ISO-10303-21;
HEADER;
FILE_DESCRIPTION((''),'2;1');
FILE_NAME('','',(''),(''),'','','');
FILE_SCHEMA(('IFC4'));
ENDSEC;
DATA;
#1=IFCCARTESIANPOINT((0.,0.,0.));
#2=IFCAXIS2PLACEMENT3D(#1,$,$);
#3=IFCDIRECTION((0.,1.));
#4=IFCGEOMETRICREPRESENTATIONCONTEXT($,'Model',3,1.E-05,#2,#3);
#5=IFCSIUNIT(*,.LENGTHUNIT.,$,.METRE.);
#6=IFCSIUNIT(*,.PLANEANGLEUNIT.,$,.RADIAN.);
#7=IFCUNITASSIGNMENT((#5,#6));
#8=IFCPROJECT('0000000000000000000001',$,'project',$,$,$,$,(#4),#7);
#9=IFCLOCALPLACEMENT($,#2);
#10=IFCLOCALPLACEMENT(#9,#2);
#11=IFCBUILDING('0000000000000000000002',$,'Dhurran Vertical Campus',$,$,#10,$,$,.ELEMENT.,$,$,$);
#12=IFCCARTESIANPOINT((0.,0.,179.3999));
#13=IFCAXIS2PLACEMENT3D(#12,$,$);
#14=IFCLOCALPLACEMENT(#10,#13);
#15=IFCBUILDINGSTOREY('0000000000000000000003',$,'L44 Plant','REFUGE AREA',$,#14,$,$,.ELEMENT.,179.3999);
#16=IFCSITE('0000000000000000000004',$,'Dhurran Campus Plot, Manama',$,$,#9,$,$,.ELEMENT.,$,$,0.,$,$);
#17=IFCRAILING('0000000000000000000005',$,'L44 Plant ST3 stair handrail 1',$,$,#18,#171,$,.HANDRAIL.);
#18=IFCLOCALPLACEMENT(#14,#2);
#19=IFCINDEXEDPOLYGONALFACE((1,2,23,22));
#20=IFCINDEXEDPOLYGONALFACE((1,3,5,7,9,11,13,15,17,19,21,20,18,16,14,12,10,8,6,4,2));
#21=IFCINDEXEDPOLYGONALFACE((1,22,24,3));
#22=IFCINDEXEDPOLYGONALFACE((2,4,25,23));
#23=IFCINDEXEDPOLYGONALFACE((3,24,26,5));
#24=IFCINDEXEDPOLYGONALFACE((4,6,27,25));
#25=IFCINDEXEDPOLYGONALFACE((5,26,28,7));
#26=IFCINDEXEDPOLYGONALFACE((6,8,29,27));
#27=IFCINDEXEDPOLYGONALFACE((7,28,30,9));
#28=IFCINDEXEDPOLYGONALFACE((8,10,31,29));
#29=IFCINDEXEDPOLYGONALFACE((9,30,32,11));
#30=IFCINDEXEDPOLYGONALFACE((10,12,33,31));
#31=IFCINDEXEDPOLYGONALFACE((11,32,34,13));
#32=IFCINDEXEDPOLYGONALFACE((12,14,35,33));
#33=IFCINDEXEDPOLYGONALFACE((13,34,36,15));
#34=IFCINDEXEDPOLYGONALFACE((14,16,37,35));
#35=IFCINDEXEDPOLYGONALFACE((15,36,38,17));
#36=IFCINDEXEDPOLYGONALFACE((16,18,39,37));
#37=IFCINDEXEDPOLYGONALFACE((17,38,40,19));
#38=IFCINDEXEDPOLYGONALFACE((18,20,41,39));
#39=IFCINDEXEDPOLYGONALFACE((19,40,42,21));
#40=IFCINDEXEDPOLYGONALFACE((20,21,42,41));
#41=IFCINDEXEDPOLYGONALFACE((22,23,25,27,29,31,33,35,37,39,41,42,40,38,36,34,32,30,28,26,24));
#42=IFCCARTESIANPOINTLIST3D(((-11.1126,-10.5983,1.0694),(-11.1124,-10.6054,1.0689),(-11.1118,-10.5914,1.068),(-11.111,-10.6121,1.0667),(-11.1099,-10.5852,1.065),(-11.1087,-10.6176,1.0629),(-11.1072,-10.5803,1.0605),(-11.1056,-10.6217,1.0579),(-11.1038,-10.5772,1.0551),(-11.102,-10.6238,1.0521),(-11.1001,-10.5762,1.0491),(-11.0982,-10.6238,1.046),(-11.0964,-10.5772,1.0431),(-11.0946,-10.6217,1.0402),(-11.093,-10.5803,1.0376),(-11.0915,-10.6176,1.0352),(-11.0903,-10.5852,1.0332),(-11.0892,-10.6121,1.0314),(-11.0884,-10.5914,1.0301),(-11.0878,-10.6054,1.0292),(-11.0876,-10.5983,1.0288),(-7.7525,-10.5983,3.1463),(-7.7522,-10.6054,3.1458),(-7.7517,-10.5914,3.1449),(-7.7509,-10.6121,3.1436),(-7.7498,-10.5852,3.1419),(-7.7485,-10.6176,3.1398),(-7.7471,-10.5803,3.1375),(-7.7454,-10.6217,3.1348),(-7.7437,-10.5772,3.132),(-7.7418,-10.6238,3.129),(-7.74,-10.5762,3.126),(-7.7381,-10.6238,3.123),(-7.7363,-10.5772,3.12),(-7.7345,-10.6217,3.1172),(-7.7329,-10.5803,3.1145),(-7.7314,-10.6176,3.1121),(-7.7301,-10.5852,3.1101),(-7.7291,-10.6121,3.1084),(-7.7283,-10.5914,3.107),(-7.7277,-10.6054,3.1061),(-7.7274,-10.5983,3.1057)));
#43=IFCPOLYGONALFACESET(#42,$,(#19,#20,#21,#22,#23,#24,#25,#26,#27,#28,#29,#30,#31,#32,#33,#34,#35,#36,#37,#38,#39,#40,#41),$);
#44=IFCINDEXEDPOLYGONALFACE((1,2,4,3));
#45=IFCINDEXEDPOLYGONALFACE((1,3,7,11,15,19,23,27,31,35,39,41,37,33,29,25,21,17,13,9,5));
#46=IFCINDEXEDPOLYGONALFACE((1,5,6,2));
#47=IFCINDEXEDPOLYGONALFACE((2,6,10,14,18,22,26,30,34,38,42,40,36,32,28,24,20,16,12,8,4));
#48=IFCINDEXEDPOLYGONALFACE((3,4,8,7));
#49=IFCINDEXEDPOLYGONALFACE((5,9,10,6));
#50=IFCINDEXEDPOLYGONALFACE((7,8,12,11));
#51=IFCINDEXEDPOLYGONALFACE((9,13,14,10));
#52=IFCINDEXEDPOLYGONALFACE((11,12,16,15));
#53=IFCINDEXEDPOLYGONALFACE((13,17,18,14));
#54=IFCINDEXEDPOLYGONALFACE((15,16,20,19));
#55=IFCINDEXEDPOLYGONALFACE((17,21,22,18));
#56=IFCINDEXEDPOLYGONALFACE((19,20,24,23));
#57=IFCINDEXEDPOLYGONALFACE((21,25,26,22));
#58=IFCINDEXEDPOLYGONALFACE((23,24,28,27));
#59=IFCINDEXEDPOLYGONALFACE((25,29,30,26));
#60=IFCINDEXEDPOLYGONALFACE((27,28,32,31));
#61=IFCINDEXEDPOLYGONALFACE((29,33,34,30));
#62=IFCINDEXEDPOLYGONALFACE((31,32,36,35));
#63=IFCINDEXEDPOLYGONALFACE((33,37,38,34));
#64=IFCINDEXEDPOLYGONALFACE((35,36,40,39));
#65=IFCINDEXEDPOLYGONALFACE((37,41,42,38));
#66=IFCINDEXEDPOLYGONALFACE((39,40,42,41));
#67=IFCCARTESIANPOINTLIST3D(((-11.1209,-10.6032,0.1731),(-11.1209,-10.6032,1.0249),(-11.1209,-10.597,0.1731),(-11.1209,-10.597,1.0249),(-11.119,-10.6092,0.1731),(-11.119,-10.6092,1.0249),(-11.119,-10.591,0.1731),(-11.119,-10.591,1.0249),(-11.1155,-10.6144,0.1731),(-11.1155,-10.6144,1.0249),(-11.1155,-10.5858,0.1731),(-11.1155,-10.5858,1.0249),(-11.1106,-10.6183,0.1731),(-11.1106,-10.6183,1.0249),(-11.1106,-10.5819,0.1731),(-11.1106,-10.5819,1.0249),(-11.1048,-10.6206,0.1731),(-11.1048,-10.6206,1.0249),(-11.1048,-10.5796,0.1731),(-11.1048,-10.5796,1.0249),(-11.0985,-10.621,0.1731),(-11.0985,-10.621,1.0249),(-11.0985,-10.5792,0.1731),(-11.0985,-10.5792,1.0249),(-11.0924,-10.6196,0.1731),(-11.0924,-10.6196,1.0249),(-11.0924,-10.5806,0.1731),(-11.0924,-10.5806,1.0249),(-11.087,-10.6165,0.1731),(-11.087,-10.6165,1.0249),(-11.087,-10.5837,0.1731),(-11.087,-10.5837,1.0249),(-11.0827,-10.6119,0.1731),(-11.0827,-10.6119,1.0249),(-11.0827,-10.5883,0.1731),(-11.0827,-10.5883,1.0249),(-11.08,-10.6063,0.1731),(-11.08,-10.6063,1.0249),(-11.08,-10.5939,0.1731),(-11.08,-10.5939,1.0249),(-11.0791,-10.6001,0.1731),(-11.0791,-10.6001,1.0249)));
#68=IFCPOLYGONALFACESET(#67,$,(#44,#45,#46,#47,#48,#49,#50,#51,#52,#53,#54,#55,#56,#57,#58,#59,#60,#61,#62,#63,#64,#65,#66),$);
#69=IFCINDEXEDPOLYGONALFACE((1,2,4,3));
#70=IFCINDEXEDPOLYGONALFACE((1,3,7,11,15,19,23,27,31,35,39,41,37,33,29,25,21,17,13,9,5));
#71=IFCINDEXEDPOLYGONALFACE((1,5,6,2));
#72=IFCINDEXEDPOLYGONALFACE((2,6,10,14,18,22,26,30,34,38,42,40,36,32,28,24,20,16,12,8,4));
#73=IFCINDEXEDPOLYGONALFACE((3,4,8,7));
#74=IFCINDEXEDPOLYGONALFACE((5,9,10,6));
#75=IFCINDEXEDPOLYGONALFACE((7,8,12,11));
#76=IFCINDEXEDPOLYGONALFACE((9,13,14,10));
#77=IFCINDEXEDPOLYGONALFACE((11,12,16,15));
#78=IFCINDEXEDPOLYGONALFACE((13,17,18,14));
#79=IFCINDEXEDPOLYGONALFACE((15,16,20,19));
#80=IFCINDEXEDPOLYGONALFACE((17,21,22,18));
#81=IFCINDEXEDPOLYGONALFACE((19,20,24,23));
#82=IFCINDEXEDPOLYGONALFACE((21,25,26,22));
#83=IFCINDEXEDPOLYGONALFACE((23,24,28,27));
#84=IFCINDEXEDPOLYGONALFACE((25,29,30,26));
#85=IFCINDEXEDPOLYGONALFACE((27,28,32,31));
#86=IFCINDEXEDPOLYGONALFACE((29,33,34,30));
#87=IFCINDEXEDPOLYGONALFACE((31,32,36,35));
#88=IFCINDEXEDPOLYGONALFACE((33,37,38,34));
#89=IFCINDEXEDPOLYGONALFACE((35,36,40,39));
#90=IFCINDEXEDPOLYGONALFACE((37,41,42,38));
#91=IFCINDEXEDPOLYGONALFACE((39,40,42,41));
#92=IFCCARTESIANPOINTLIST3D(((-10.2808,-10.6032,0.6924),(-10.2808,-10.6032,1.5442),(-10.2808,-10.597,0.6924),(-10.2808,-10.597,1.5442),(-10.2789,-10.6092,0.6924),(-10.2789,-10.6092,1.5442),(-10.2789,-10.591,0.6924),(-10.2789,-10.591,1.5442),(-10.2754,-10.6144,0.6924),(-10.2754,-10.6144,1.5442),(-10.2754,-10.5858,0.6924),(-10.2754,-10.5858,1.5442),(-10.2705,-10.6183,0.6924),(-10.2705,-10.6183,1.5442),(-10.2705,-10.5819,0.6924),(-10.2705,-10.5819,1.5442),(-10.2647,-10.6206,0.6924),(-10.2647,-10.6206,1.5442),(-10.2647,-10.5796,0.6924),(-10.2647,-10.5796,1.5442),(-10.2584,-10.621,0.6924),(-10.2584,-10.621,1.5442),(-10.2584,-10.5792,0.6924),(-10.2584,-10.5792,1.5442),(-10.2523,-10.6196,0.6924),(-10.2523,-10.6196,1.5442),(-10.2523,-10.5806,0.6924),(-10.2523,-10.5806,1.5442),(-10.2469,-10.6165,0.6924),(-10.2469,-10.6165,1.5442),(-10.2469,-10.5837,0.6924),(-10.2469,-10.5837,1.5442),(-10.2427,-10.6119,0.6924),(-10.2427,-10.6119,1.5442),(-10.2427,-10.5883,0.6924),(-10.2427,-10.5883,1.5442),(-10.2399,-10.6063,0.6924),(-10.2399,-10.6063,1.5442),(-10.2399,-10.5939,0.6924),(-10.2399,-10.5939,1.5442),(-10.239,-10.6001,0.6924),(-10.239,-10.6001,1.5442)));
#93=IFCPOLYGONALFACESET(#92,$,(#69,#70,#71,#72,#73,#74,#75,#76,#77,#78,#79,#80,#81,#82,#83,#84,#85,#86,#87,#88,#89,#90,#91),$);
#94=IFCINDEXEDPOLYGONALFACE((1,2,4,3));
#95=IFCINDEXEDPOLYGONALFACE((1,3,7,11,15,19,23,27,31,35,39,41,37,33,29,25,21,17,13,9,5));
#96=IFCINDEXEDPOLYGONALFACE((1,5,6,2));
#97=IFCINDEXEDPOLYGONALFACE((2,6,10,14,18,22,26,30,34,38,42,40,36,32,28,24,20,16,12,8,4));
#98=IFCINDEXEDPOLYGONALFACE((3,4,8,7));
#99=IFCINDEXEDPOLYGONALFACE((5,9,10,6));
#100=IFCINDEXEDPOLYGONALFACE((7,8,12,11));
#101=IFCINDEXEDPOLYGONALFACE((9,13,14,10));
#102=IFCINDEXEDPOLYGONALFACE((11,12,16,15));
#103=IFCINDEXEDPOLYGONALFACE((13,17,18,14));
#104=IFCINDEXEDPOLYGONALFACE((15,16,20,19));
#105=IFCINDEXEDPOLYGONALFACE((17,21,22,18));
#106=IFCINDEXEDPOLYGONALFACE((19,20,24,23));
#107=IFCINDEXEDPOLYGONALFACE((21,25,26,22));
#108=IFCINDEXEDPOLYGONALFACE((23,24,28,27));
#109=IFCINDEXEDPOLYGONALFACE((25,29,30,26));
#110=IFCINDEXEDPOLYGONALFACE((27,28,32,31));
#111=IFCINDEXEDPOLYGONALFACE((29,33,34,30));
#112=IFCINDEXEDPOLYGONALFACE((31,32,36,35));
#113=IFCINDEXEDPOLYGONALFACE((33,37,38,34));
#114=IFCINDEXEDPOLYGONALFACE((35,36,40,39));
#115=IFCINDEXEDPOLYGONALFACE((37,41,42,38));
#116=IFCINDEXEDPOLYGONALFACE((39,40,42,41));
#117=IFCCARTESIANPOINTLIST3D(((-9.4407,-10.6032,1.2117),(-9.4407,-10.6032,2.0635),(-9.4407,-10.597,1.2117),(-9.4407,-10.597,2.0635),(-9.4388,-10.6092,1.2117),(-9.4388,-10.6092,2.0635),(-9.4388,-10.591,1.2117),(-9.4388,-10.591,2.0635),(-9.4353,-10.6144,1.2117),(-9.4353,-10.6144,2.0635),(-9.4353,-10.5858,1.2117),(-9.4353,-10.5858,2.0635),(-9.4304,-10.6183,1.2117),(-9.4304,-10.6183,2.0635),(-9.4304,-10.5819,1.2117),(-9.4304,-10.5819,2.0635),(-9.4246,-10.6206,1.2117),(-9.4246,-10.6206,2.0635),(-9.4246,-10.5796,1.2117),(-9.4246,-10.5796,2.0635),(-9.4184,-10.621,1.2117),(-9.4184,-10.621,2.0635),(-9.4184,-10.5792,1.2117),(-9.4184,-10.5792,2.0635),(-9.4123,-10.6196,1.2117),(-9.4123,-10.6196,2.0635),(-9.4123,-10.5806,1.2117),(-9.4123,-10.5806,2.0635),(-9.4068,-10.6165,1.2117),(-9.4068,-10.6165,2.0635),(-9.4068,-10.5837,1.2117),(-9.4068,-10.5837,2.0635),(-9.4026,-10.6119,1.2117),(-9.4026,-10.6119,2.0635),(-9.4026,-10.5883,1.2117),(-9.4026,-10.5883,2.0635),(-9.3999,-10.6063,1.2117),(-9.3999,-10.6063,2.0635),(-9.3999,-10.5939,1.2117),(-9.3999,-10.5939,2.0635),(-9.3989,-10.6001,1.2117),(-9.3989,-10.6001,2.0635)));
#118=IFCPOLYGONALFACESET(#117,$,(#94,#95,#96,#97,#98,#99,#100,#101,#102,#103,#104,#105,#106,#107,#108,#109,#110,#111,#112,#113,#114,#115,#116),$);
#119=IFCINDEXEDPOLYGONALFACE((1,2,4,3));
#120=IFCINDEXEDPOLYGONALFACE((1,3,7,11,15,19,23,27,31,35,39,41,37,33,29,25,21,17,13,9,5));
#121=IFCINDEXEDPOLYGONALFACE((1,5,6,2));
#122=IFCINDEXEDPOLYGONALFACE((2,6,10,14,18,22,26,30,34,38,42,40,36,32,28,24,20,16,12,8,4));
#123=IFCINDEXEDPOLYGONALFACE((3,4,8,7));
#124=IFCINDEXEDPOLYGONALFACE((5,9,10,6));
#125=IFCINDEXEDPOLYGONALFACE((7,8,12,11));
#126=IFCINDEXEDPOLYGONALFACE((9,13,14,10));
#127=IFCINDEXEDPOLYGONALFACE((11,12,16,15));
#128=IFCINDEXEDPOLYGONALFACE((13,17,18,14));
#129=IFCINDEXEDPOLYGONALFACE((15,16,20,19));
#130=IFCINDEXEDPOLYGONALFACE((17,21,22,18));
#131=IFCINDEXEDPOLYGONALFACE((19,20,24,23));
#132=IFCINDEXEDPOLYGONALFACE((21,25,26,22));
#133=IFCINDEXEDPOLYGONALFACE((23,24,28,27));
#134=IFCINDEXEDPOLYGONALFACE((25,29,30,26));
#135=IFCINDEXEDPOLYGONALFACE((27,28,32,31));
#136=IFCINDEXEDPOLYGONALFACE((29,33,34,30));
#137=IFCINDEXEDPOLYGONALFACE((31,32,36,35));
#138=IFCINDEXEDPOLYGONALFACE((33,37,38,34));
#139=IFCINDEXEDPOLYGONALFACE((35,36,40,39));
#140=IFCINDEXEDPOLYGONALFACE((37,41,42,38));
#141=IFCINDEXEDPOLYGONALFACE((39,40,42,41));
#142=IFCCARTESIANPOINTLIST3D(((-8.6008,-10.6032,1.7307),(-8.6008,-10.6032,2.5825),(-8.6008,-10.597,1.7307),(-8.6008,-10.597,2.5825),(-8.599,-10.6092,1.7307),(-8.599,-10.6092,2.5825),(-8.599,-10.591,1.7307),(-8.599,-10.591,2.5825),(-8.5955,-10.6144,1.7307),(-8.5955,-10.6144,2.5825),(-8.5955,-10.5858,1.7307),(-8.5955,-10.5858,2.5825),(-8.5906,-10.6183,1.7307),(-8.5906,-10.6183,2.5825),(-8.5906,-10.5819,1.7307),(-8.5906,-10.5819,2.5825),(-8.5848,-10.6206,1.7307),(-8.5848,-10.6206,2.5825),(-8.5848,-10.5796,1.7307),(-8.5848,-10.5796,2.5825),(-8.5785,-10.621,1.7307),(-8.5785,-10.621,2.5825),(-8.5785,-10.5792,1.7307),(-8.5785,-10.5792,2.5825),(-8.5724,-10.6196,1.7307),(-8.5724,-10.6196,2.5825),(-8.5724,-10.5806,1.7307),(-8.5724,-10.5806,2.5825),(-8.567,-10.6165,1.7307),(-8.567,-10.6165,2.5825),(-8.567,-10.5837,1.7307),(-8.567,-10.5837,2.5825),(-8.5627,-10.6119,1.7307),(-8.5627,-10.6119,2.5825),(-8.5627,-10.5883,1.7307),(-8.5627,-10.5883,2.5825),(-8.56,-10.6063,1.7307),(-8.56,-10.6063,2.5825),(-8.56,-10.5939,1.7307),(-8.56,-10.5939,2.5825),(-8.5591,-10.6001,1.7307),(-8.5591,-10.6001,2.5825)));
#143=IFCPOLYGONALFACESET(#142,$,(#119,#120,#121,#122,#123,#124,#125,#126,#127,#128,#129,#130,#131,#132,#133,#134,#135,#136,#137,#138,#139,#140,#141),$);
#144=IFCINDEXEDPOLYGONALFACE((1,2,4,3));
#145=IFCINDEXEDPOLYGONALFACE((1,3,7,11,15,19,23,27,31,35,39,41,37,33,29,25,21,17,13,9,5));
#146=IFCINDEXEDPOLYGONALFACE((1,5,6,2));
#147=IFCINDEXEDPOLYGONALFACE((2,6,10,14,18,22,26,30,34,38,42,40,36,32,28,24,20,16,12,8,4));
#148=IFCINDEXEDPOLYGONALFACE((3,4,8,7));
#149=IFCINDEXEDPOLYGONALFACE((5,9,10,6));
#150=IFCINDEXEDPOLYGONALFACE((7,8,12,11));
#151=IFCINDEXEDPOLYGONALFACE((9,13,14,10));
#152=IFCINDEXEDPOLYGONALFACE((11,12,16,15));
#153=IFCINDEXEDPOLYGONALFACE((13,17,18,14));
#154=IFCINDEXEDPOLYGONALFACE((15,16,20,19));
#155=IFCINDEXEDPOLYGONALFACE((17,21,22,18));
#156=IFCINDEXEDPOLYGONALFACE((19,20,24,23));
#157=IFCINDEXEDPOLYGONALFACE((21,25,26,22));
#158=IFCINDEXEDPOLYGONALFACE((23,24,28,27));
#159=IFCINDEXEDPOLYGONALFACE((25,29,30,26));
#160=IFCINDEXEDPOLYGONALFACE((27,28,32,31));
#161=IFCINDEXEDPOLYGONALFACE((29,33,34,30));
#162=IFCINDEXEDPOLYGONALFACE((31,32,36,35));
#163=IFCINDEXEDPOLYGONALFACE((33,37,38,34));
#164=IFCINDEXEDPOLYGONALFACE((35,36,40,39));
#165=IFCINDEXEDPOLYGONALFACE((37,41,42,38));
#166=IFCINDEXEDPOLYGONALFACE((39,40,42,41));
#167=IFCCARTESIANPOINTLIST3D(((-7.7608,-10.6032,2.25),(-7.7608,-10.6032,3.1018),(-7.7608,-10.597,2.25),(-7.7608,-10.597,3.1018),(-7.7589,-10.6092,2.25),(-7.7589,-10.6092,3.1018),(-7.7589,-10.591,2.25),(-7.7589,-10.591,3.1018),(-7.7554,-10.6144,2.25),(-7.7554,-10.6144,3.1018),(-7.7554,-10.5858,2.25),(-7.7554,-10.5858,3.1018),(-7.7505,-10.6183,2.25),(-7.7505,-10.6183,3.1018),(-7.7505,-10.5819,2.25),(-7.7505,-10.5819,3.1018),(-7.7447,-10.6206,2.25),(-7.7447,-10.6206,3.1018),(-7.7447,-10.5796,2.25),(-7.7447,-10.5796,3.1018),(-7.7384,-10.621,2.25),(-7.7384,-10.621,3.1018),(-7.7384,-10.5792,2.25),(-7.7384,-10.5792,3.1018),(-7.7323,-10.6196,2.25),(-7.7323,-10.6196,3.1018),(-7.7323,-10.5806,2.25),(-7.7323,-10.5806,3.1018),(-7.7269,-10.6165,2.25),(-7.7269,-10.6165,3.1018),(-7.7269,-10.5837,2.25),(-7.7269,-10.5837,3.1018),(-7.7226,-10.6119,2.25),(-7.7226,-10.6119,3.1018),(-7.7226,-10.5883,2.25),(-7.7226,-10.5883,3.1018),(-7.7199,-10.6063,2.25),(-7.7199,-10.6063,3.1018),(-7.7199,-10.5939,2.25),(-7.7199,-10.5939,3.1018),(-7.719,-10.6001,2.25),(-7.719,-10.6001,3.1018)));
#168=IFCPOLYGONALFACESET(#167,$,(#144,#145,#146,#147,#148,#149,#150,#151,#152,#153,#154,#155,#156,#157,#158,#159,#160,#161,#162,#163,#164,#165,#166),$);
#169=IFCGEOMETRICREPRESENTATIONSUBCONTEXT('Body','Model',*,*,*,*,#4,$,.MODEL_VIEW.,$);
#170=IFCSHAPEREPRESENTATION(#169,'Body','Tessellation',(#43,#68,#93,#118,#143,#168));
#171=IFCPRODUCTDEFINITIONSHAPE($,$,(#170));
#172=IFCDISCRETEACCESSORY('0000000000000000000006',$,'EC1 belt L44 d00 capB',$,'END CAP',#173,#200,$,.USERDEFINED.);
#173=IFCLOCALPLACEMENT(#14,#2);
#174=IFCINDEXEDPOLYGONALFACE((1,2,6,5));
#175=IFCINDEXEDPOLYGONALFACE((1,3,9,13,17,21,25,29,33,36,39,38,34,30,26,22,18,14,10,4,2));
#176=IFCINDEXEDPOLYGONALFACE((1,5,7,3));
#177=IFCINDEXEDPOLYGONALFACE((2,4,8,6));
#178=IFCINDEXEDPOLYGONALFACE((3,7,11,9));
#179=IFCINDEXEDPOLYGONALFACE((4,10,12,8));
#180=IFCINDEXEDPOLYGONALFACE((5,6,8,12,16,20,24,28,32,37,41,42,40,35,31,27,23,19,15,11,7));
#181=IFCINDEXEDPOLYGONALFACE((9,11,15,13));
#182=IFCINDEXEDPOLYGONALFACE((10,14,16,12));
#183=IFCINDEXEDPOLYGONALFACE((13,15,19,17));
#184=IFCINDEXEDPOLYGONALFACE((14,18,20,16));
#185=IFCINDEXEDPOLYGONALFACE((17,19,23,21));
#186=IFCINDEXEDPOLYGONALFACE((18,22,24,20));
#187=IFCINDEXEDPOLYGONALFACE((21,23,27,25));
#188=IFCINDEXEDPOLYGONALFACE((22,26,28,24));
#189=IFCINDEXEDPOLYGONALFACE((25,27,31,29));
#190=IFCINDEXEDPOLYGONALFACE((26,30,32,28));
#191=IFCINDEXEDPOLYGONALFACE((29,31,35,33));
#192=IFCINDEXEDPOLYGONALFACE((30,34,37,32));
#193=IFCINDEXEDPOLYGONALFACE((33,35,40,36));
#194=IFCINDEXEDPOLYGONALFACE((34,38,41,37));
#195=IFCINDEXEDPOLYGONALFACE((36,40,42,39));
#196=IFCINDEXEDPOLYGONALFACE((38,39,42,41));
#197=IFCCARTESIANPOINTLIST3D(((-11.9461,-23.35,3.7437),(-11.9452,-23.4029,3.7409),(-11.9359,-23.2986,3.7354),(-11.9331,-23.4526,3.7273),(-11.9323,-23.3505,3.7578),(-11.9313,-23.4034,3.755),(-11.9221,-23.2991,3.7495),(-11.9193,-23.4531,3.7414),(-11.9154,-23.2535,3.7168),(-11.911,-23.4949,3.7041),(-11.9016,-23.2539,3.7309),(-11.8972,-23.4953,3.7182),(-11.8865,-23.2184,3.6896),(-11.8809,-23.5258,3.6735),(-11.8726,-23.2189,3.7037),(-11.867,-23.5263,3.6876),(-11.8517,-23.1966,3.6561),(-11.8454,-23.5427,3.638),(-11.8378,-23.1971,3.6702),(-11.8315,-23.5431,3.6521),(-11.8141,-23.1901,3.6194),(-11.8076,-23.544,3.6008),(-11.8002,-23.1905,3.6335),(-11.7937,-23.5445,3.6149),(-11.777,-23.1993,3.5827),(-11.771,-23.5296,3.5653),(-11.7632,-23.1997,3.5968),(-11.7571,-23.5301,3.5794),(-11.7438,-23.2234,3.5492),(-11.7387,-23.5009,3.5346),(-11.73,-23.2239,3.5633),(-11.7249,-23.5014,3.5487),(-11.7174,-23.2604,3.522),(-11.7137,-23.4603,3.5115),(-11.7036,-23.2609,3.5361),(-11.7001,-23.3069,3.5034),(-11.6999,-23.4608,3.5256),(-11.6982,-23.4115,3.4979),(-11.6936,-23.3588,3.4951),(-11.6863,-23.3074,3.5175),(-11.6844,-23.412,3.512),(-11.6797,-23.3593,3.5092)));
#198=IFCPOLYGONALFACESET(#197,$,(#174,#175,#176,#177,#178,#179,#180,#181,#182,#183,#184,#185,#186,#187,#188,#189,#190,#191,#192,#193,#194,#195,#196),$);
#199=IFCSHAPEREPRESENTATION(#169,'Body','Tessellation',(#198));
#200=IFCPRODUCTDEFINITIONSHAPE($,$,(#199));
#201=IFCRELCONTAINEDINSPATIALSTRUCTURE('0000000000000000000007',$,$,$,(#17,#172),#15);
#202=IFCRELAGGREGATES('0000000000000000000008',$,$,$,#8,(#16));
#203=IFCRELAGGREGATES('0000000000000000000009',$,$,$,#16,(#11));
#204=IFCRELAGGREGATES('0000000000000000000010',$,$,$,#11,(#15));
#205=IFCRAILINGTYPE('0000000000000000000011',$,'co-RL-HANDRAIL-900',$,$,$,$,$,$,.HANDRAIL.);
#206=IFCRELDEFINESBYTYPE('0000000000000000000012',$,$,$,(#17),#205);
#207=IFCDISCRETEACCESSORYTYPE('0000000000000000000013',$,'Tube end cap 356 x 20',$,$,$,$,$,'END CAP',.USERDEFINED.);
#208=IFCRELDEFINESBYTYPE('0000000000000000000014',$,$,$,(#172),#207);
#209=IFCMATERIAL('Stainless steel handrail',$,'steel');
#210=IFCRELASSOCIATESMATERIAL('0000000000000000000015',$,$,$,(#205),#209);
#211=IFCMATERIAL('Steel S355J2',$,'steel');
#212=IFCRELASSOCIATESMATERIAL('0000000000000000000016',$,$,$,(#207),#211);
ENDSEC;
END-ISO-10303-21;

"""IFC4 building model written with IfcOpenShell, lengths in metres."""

from ifc_helpers import new_model, si_unit, direction, frame, origin, origin_2d, place, context, subcontext, project, spatial, circle, extrude, material, material_profile, profile_set, type_object, element, save


model = new_model("IFC4")

# Units and contexts
model_context = context("Model", 3, precision=1e-05, world=origin(), true_north=direction((0.0, 1.0)))
body_context = subcontext(model_context, "Body", "Model", "MODEL_VIEW")
ifc_project = project(units=[si_unit("LENGTHUNIT", "METRE"), si_unit("PLANEANGLEUNIT", "RADIAN")], contexts=[model_context])

# Site, building, storey
site_placement = place(None, origin())
site = spatial("IfcSite", under=ifc_project, at=site_placement, Name="Dhurran Campus Plot, Manama", CompositionType="ELEMENT", RefElevation=0.0)
building_placement = place(site_placement, origin())
building = spatial("IfcBuilding", under=site, at=building_placement, Name="Dhurran Vertical Campus", CompositionType="ELEMENT")
storey_placement = place(building_placement, frame((0.0, 0.0, 179.3999)))
storey = spatial("IfcBuildingStorey", under=building, at=storey_placement, Name="L44 Plant", Description="REFUGE AREA", CompositionType="ELEMENT", Elevation=179.3999)

# Railing
ifc_material_1 = material(Name="Stainless steel handrail", Category="steel")
railing_type_1 = type_object("IfcRailingType", Name="co-RL-HANDRAIL-900", PredefinedType="HANDRAIL", material=ifc_material_1)
railing_1_placement = place(storey_placement, frame((-11.1001, -10.6001, 0.1731)))
element("IfcRailing", 1, at=railing_1_placement, inside=storey, type_object=railing_type_1, Name="L44 Plant ST3 stair handrail 1", PredefinedType="HANDRAIL", context=body_context, shape_type="SweptSolid", body=[
    extrude(circle(Radius=0.0239, at=origin_2d()), frame((0.0, 0.0, 0.876), z_axis=(0.850623, 0.0, 0.525776), x_axis=(0.0, 1.0, 0.0)), (0.0, 0.0, 1.0), 3.9502),
    extrude(circle(Radius=0.021, at=origin_2d()), origin(), (0.0, 0.0, 1.0), 0.8518),
    extrude(circle(Radius=0.021, at=origin_2d()), frame((0.8401, 0.0, 0.5193)), (0.0, 0.0, 1.0), 0.8518),
    extrude(circle(Radius=0.021, at=origin_2d()), frame((1.6802, 0.0, 1.0386)), (0.0, 0.0, 1.0), 0.8518),
    extrude(circle(Radius=0.021, at=origin_2d()), frame((2.52, 0.0, 1.5576)), (0.0, 0.0, 1.0), 0.8518),
    extrude(circle(Radius=0.021, at=origin_2d()), frame((3.3601, 0.0, 2.0769)), (0.0, 0.0, 1.0), 0.8518),
])

# Discrete accessory
ifc_material_2 = material(Name="Steel S355J2", Category="steel")
ifc_material_profile_1 = material_profile(ifc_material_2, circle(Radius=0.1777, at=origin_2d()), Name="Tube end cap 356 x 20")
ifc_profile_set_1 = profile_set([ifc_material_profile_1], Name="Steel S355J2")
discrete_accessory_type = type_object("IfcDiscreteAccessoryType", Name="Tube end cap 356 x 20", ElementType="END CAP", PredefinedType="USERDEFINED", material=ifc_profile_set_1)
discrete_accessory_1_placement = place(storey_placement, frame((-11.8203, -23.3677, 3.6194), z_axis=(0.70072, -0.024587, 0.713013), x_axis=(0.035066, 0.999385, 0.0)))
element("IfcDiscreteAccessory", 2, at=discrete_accessory_1_placement, inside=storey, type_object=discrete_accessory_type, Name="EC1 belt L44 d00 capB", ObjectType="END CAP", PredefinedType="USERDEFINED", context=body_context, shape_type="SweptSolid", body=[
    extrude(circle(Radius=0.1777, at=origin_2d()), origin(), (0.0, 0.0, 1.0), 0.0198),
])

save(model, "model.ifc")
